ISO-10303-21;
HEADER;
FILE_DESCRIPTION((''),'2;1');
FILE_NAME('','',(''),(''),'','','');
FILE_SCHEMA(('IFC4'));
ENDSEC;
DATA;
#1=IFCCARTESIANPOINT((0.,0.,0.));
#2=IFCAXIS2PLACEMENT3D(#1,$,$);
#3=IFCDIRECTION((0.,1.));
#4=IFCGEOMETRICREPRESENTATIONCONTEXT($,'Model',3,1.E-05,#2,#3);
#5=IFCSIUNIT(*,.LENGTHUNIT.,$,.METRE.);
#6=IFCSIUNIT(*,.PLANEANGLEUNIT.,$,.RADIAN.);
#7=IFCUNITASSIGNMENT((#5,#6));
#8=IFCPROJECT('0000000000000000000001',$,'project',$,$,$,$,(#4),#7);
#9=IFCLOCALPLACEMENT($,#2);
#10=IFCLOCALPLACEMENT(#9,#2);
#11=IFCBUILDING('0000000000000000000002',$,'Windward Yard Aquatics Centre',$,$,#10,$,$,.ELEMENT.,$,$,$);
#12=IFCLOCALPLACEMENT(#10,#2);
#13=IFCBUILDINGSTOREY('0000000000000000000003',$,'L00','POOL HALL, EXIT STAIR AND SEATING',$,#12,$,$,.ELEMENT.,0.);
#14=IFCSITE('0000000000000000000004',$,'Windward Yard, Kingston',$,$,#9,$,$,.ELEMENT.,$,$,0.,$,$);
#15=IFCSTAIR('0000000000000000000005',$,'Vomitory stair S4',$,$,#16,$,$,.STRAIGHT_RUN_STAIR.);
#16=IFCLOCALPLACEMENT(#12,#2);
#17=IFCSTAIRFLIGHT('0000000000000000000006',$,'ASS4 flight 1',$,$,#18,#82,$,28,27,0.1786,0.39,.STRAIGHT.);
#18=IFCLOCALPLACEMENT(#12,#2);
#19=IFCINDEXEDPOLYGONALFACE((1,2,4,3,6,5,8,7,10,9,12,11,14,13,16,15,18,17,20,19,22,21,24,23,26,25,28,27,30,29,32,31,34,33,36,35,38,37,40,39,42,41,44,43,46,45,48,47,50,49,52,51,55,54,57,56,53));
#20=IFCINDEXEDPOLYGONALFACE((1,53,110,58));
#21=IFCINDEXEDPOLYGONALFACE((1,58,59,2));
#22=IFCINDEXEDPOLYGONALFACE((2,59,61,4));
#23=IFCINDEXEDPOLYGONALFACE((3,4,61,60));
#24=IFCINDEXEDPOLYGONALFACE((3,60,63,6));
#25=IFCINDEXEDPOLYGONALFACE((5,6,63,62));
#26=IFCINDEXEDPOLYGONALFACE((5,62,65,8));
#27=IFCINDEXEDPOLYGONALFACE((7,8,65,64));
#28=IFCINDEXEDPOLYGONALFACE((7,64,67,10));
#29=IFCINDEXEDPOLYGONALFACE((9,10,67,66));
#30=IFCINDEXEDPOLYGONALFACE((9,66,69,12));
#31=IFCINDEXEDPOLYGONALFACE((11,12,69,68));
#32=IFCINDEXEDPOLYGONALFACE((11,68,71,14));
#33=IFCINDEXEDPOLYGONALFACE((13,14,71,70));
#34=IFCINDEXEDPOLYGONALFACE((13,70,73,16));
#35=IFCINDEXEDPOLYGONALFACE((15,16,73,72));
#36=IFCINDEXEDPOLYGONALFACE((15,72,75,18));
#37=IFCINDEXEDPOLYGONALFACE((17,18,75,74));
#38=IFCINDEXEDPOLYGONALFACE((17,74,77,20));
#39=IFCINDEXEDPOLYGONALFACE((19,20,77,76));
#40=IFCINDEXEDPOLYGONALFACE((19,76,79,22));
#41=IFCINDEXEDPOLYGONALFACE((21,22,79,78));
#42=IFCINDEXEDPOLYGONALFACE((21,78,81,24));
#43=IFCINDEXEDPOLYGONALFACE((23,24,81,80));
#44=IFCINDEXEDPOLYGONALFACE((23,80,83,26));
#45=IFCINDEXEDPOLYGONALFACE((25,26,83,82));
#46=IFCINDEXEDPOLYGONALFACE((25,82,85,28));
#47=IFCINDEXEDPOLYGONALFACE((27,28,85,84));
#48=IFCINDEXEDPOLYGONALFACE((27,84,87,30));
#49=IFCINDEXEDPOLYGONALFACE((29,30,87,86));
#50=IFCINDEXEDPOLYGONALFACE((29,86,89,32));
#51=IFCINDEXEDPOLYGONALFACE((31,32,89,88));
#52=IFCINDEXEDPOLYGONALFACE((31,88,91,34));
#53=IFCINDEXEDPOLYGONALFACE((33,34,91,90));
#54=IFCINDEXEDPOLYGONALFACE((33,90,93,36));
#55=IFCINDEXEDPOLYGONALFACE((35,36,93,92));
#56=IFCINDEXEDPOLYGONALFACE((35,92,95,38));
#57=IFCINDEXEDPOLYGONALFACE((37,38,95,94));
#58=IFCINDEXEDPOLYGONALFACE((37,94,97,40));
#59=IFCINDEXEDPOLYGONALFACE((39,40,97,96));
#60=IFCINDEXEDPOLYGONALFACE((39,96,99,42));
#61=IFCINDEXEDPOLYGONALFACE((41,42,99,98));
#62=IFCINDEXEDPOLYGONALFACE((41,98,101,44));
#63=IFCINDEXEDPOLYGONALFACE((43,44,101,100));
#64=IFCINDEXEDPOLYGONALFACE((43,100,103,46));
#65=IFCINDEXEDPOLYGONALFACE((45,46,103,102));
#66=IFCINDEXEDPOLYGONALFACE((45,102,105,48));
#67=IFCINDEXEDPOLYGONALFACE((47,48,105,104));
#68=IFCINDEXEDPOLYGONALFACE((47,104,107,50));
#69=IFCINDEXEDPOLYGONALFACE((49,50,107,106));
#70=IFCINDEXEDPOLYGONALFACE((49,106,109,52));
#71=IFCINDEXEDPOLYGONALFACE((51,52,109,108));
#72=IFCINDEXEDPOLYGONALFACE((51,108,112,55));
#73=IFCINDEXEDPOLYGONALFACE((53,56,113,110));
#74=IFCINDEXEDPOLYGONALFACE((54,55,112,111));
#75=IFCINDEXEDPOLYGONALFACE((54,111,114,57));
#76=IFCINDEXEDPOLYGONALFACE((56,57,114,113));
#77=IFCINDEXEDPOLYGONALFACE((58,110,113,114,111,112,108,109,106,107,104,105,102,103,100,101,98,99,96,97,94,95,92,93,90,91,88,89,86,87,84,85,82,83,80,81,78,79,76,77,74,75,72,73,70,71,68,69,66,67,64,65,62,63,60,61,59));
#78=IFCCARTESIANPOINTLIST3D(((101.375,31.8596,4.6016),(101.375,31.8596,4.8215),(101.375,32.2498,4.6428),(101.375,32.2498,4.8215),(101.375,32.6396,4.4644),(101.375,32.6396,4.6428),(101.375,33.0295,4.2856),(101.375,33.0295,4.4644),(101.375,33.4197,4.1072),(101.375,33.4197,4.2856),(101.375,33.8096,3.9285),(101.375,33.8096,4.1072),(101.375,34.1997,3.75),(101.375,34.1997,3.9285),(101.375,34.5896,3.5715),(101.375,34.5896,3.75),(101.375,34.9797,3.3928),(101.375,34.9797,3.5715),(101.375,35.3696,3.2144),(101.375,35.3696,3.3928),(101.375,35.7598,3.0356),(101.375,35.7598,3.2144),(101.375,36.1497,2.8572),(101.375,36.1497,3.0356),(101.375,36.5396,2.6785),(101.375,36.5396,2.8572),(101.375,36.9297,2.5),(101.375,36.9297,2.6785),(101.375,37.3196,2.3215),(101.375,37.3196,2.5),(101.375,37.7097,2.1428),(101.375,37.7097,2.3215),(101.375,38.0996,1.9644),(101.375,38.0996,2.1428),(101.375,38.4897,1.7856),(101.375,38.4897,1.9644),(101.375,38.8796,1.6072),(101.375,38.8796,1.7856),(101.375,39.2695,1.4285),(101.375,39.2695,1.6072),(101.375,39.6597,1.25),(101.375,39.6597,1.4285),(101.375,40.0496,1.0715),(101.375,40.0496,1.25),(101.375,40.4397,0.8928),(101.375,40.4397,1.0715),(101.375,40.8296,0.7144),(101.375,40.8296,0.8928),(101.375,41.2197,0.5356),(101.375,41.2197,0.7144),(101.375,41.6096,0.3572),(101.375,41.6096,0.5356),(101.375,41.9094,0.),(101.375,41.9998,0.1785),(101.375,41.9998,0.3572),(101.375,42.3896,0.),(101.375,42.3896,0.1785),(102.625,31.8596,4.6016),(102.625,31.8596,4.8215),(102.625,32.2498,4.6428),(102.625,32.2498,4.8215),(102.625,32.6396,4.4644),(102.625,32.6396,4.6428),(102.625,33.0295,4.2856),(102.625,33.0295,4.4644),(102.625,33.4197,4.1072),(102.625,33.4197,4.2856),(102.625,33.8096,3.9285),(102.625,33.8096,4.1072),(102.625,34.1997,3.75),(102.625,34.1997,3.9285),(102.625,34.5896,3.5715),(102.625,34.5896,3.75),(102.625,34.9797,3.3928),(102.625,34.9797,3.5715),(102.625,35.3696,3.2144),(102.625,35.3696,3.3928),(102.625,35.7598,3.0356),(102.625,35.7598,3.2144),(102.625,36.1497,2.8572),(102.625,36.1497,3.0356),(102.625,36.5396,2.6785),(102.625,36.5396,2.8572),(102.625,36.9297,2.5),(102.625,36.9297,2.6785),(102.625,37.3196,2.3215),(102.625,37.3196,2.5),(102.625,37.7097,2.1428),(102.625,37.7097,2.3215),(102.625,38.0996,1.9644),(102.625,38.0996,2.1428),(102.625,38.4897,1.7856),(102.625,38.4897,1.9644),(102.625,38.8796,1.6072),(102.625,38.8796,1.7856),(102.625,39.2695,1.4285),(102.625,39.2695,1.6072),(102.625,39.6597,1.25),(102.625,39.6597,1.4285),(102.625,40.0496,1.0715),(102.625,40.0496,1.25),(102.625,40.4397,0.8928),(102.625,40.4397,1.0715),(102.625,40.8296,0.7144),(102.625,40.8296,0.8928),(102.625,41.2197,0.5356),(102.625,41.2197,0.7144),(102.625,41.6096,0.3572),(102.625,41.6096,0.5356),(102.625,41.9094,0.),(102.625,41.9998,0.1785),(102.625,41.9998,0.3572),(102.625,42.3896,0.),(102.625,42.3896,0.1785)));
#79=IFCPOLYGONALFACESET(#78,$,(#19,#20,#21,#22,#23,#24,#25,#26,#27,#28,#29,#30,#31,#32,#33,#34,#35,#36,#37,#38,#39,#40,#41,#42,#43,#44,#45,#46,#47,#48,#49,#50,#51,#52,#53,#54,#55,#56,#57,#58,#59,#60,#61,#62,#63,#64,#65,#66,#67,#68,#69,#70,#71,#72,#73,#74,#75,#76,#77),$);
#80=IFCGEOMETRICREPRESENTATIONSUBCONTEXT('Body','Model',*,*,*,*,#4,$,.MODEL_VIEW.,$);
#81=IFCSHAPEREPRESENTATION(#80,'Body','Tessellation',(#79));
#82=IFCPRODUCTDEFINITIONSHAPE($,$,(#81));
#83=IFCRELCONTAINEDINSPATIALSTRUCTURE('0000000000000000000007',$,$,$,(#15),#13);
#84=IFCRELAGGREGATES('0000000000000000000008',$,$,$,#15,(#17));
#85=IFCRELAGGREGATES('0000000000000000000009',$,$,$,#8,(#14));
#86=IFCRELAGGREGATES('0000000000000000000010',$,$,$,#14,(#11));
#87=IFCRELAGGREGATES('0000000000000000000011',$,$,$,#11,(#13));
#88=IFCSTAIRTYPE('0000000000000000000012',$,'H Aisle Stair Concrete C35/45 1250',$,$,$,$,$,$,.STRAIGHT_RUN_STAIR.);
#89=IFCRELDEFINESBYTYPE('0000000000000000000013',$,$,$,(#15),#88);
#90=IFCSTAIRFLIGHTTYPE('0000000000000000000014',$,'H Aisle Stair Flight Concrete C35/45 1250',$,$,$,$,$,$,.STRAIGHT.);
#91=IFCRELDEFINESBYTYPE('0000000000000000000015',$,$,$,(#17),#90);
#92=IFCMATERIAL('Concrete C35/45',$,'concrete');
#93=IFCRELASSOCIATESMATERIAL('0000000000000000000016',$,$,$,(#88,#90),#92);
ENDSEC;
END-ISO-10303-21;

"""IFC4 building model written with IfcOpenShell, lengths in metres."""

from ifc_helpers import new_model, si_unit, direction, frame, origin, place, context, subcontext, project, spatial, polyline, outline, extrude, material, type_object, element, aggregate, save


model = new_model("IFC4")

# Units and contexts
model_context = context("Model", 3, precision=1e-05, world=origin(), true_north=direction((0.0, 1.0)))
body_context = subcontext(model_context, "Body", "Model", "MODEL_VIEW")
ifc_project = project(units=[si_unit("LENGTHUNIT", "METRE"), si_unit("PLANEANGLEUNIT", "RADIAN")], contexts=[model_context])

# Site, building, storey
site_placement = place(None, origin())
site = spatial("IfcSite", under=ifc_project, at=site_placement, Name="Windward Yard, Kingston", CompositionType="ELEMENT", RefElevation=0.0)
building_placement = place(site_placement, origin())
building = spatial("IfcBuilding", under=site, at=building_placement, Name="Windward Yard Aquatics Centre", CompositionType="ELEMENT")
storey_placement = place(building_placement, origin())
storey = spatial("IfcBuildingStorey", under=building, at=storey_placement, Name="L00", Description="POOL HALL, EXIT STAIR AND SEATING", CompositionType="ELEMENT", Elevation=0.0)

# Shared definitions
ifc_material_1 = material(Name="Concrete C35/45", Category="concrete")

# Stair, stair flight
stair_type = type_object("IfcStairType", Name="H Aisle Stair Concrete C35/45 1250", PredefinedType="STRAIGHT_RUN_STAIR", material=ifc_material_1)
stair_flight_type = type_object("IfcStairFlightType", Name="H Aisle Stair Flight Concrete C35/45 1250", PredefinedType="STRAIGHT", material=ifc_material_1)
stair_1_placement = place(storey_placement, origin())
stair_1 = element("IfcStair", 1, at=stair_1_placement, inside=storey, type_object=stair_type, Name="Vomitory stair S4", PredefinedType="STRAIGHT_RUN_STAIR")
stair_flight_1_placement = place(storey_placement, frame((102.0, 42.3896, 0.0), z_axis=(0.0, 0.0, 1.0), x_axis=(0.0, -1.0, 0.0)))
stair_flight_1 = element("IfcStairFlight", 2, at=stair_flight_1_placement, type_object=stair_flight_type, Name="ASS4 flight 1", NumberOfRisers=28, NumberOfTreads=27, PredefinedType="STRAIGHT", RiserHeight=0.1786, TreadLength=0.39, context=body_context, shape_type="SweptSolid", body=[
    extrude(outline(polyline([(0.0, 0.0), (0.0, 0.1785), (0.3899, 0.1785), (0.3899, 0.3572), (0.78, 0.3572), (0.78, 0.5356), (1.1699, 0.5356), (1.1699, 0.7144), (1.5601, 0.7144), (1.5601, 0.8928), (1.95, 0.8928), (1.95, 1.0715), (2.3401, 1.0715), (2.3401, 1.25), (2.73, 1.25), (2.73, 1.4285), (3.1201, 1.4285), (3.1201, 1.6072), (3.51, 1.6072), (3.51, 1.7856), (3.8999, 1.7856), (3.8999, 1.9644), (4.29, 1.9644), (4.29, 2.1428), (4.6799, 2.1428), (4.6799, 2.3215), (5.0701, 2.3215), (5.0701, 2.5), (5.46, 2.5), (5.46, 2.6785), (5.8501, 2.6785), (5.8501, 2.8572), (6.24, 2.8572), (6.24, 3.0356), (6.6299, 3.0356), (6.6299, 3.2144), (7.02, 3.2144), (7.02, 3.3928), (7.4099, 3.3928), (7.4099, 3.5715), (7.8, 3.5715), (7.8, 3.75), (8.1899, 3.75), (8.1899, 3.9285), (8.5801, 3.9285), (8.5801, 4.1072), (8.97, 4.1072), (8.97, 4.2856), (9.3601, 4.2856), (9.3601, 4.4644), (9.75, 4.4644), (9.75, 4.6428), (10.1399, 4.6428), (10.1399, 4.8215), (10.53, 4.8215), (10.53, 5.0), (10.53, 4.6016), (0.4802, 0.0), (0.0, 0.0)])), frame((0.0, 0.625, 0.0), z_axis=(0.0, -1.0, 0.0), x_axis=(1.0, 0.0, 0.0)), (0.0, 0.0, 1.0), 1.25),
])
aggregate(stair_1, [stair_flight_1])

save(model, "model.ifc")
